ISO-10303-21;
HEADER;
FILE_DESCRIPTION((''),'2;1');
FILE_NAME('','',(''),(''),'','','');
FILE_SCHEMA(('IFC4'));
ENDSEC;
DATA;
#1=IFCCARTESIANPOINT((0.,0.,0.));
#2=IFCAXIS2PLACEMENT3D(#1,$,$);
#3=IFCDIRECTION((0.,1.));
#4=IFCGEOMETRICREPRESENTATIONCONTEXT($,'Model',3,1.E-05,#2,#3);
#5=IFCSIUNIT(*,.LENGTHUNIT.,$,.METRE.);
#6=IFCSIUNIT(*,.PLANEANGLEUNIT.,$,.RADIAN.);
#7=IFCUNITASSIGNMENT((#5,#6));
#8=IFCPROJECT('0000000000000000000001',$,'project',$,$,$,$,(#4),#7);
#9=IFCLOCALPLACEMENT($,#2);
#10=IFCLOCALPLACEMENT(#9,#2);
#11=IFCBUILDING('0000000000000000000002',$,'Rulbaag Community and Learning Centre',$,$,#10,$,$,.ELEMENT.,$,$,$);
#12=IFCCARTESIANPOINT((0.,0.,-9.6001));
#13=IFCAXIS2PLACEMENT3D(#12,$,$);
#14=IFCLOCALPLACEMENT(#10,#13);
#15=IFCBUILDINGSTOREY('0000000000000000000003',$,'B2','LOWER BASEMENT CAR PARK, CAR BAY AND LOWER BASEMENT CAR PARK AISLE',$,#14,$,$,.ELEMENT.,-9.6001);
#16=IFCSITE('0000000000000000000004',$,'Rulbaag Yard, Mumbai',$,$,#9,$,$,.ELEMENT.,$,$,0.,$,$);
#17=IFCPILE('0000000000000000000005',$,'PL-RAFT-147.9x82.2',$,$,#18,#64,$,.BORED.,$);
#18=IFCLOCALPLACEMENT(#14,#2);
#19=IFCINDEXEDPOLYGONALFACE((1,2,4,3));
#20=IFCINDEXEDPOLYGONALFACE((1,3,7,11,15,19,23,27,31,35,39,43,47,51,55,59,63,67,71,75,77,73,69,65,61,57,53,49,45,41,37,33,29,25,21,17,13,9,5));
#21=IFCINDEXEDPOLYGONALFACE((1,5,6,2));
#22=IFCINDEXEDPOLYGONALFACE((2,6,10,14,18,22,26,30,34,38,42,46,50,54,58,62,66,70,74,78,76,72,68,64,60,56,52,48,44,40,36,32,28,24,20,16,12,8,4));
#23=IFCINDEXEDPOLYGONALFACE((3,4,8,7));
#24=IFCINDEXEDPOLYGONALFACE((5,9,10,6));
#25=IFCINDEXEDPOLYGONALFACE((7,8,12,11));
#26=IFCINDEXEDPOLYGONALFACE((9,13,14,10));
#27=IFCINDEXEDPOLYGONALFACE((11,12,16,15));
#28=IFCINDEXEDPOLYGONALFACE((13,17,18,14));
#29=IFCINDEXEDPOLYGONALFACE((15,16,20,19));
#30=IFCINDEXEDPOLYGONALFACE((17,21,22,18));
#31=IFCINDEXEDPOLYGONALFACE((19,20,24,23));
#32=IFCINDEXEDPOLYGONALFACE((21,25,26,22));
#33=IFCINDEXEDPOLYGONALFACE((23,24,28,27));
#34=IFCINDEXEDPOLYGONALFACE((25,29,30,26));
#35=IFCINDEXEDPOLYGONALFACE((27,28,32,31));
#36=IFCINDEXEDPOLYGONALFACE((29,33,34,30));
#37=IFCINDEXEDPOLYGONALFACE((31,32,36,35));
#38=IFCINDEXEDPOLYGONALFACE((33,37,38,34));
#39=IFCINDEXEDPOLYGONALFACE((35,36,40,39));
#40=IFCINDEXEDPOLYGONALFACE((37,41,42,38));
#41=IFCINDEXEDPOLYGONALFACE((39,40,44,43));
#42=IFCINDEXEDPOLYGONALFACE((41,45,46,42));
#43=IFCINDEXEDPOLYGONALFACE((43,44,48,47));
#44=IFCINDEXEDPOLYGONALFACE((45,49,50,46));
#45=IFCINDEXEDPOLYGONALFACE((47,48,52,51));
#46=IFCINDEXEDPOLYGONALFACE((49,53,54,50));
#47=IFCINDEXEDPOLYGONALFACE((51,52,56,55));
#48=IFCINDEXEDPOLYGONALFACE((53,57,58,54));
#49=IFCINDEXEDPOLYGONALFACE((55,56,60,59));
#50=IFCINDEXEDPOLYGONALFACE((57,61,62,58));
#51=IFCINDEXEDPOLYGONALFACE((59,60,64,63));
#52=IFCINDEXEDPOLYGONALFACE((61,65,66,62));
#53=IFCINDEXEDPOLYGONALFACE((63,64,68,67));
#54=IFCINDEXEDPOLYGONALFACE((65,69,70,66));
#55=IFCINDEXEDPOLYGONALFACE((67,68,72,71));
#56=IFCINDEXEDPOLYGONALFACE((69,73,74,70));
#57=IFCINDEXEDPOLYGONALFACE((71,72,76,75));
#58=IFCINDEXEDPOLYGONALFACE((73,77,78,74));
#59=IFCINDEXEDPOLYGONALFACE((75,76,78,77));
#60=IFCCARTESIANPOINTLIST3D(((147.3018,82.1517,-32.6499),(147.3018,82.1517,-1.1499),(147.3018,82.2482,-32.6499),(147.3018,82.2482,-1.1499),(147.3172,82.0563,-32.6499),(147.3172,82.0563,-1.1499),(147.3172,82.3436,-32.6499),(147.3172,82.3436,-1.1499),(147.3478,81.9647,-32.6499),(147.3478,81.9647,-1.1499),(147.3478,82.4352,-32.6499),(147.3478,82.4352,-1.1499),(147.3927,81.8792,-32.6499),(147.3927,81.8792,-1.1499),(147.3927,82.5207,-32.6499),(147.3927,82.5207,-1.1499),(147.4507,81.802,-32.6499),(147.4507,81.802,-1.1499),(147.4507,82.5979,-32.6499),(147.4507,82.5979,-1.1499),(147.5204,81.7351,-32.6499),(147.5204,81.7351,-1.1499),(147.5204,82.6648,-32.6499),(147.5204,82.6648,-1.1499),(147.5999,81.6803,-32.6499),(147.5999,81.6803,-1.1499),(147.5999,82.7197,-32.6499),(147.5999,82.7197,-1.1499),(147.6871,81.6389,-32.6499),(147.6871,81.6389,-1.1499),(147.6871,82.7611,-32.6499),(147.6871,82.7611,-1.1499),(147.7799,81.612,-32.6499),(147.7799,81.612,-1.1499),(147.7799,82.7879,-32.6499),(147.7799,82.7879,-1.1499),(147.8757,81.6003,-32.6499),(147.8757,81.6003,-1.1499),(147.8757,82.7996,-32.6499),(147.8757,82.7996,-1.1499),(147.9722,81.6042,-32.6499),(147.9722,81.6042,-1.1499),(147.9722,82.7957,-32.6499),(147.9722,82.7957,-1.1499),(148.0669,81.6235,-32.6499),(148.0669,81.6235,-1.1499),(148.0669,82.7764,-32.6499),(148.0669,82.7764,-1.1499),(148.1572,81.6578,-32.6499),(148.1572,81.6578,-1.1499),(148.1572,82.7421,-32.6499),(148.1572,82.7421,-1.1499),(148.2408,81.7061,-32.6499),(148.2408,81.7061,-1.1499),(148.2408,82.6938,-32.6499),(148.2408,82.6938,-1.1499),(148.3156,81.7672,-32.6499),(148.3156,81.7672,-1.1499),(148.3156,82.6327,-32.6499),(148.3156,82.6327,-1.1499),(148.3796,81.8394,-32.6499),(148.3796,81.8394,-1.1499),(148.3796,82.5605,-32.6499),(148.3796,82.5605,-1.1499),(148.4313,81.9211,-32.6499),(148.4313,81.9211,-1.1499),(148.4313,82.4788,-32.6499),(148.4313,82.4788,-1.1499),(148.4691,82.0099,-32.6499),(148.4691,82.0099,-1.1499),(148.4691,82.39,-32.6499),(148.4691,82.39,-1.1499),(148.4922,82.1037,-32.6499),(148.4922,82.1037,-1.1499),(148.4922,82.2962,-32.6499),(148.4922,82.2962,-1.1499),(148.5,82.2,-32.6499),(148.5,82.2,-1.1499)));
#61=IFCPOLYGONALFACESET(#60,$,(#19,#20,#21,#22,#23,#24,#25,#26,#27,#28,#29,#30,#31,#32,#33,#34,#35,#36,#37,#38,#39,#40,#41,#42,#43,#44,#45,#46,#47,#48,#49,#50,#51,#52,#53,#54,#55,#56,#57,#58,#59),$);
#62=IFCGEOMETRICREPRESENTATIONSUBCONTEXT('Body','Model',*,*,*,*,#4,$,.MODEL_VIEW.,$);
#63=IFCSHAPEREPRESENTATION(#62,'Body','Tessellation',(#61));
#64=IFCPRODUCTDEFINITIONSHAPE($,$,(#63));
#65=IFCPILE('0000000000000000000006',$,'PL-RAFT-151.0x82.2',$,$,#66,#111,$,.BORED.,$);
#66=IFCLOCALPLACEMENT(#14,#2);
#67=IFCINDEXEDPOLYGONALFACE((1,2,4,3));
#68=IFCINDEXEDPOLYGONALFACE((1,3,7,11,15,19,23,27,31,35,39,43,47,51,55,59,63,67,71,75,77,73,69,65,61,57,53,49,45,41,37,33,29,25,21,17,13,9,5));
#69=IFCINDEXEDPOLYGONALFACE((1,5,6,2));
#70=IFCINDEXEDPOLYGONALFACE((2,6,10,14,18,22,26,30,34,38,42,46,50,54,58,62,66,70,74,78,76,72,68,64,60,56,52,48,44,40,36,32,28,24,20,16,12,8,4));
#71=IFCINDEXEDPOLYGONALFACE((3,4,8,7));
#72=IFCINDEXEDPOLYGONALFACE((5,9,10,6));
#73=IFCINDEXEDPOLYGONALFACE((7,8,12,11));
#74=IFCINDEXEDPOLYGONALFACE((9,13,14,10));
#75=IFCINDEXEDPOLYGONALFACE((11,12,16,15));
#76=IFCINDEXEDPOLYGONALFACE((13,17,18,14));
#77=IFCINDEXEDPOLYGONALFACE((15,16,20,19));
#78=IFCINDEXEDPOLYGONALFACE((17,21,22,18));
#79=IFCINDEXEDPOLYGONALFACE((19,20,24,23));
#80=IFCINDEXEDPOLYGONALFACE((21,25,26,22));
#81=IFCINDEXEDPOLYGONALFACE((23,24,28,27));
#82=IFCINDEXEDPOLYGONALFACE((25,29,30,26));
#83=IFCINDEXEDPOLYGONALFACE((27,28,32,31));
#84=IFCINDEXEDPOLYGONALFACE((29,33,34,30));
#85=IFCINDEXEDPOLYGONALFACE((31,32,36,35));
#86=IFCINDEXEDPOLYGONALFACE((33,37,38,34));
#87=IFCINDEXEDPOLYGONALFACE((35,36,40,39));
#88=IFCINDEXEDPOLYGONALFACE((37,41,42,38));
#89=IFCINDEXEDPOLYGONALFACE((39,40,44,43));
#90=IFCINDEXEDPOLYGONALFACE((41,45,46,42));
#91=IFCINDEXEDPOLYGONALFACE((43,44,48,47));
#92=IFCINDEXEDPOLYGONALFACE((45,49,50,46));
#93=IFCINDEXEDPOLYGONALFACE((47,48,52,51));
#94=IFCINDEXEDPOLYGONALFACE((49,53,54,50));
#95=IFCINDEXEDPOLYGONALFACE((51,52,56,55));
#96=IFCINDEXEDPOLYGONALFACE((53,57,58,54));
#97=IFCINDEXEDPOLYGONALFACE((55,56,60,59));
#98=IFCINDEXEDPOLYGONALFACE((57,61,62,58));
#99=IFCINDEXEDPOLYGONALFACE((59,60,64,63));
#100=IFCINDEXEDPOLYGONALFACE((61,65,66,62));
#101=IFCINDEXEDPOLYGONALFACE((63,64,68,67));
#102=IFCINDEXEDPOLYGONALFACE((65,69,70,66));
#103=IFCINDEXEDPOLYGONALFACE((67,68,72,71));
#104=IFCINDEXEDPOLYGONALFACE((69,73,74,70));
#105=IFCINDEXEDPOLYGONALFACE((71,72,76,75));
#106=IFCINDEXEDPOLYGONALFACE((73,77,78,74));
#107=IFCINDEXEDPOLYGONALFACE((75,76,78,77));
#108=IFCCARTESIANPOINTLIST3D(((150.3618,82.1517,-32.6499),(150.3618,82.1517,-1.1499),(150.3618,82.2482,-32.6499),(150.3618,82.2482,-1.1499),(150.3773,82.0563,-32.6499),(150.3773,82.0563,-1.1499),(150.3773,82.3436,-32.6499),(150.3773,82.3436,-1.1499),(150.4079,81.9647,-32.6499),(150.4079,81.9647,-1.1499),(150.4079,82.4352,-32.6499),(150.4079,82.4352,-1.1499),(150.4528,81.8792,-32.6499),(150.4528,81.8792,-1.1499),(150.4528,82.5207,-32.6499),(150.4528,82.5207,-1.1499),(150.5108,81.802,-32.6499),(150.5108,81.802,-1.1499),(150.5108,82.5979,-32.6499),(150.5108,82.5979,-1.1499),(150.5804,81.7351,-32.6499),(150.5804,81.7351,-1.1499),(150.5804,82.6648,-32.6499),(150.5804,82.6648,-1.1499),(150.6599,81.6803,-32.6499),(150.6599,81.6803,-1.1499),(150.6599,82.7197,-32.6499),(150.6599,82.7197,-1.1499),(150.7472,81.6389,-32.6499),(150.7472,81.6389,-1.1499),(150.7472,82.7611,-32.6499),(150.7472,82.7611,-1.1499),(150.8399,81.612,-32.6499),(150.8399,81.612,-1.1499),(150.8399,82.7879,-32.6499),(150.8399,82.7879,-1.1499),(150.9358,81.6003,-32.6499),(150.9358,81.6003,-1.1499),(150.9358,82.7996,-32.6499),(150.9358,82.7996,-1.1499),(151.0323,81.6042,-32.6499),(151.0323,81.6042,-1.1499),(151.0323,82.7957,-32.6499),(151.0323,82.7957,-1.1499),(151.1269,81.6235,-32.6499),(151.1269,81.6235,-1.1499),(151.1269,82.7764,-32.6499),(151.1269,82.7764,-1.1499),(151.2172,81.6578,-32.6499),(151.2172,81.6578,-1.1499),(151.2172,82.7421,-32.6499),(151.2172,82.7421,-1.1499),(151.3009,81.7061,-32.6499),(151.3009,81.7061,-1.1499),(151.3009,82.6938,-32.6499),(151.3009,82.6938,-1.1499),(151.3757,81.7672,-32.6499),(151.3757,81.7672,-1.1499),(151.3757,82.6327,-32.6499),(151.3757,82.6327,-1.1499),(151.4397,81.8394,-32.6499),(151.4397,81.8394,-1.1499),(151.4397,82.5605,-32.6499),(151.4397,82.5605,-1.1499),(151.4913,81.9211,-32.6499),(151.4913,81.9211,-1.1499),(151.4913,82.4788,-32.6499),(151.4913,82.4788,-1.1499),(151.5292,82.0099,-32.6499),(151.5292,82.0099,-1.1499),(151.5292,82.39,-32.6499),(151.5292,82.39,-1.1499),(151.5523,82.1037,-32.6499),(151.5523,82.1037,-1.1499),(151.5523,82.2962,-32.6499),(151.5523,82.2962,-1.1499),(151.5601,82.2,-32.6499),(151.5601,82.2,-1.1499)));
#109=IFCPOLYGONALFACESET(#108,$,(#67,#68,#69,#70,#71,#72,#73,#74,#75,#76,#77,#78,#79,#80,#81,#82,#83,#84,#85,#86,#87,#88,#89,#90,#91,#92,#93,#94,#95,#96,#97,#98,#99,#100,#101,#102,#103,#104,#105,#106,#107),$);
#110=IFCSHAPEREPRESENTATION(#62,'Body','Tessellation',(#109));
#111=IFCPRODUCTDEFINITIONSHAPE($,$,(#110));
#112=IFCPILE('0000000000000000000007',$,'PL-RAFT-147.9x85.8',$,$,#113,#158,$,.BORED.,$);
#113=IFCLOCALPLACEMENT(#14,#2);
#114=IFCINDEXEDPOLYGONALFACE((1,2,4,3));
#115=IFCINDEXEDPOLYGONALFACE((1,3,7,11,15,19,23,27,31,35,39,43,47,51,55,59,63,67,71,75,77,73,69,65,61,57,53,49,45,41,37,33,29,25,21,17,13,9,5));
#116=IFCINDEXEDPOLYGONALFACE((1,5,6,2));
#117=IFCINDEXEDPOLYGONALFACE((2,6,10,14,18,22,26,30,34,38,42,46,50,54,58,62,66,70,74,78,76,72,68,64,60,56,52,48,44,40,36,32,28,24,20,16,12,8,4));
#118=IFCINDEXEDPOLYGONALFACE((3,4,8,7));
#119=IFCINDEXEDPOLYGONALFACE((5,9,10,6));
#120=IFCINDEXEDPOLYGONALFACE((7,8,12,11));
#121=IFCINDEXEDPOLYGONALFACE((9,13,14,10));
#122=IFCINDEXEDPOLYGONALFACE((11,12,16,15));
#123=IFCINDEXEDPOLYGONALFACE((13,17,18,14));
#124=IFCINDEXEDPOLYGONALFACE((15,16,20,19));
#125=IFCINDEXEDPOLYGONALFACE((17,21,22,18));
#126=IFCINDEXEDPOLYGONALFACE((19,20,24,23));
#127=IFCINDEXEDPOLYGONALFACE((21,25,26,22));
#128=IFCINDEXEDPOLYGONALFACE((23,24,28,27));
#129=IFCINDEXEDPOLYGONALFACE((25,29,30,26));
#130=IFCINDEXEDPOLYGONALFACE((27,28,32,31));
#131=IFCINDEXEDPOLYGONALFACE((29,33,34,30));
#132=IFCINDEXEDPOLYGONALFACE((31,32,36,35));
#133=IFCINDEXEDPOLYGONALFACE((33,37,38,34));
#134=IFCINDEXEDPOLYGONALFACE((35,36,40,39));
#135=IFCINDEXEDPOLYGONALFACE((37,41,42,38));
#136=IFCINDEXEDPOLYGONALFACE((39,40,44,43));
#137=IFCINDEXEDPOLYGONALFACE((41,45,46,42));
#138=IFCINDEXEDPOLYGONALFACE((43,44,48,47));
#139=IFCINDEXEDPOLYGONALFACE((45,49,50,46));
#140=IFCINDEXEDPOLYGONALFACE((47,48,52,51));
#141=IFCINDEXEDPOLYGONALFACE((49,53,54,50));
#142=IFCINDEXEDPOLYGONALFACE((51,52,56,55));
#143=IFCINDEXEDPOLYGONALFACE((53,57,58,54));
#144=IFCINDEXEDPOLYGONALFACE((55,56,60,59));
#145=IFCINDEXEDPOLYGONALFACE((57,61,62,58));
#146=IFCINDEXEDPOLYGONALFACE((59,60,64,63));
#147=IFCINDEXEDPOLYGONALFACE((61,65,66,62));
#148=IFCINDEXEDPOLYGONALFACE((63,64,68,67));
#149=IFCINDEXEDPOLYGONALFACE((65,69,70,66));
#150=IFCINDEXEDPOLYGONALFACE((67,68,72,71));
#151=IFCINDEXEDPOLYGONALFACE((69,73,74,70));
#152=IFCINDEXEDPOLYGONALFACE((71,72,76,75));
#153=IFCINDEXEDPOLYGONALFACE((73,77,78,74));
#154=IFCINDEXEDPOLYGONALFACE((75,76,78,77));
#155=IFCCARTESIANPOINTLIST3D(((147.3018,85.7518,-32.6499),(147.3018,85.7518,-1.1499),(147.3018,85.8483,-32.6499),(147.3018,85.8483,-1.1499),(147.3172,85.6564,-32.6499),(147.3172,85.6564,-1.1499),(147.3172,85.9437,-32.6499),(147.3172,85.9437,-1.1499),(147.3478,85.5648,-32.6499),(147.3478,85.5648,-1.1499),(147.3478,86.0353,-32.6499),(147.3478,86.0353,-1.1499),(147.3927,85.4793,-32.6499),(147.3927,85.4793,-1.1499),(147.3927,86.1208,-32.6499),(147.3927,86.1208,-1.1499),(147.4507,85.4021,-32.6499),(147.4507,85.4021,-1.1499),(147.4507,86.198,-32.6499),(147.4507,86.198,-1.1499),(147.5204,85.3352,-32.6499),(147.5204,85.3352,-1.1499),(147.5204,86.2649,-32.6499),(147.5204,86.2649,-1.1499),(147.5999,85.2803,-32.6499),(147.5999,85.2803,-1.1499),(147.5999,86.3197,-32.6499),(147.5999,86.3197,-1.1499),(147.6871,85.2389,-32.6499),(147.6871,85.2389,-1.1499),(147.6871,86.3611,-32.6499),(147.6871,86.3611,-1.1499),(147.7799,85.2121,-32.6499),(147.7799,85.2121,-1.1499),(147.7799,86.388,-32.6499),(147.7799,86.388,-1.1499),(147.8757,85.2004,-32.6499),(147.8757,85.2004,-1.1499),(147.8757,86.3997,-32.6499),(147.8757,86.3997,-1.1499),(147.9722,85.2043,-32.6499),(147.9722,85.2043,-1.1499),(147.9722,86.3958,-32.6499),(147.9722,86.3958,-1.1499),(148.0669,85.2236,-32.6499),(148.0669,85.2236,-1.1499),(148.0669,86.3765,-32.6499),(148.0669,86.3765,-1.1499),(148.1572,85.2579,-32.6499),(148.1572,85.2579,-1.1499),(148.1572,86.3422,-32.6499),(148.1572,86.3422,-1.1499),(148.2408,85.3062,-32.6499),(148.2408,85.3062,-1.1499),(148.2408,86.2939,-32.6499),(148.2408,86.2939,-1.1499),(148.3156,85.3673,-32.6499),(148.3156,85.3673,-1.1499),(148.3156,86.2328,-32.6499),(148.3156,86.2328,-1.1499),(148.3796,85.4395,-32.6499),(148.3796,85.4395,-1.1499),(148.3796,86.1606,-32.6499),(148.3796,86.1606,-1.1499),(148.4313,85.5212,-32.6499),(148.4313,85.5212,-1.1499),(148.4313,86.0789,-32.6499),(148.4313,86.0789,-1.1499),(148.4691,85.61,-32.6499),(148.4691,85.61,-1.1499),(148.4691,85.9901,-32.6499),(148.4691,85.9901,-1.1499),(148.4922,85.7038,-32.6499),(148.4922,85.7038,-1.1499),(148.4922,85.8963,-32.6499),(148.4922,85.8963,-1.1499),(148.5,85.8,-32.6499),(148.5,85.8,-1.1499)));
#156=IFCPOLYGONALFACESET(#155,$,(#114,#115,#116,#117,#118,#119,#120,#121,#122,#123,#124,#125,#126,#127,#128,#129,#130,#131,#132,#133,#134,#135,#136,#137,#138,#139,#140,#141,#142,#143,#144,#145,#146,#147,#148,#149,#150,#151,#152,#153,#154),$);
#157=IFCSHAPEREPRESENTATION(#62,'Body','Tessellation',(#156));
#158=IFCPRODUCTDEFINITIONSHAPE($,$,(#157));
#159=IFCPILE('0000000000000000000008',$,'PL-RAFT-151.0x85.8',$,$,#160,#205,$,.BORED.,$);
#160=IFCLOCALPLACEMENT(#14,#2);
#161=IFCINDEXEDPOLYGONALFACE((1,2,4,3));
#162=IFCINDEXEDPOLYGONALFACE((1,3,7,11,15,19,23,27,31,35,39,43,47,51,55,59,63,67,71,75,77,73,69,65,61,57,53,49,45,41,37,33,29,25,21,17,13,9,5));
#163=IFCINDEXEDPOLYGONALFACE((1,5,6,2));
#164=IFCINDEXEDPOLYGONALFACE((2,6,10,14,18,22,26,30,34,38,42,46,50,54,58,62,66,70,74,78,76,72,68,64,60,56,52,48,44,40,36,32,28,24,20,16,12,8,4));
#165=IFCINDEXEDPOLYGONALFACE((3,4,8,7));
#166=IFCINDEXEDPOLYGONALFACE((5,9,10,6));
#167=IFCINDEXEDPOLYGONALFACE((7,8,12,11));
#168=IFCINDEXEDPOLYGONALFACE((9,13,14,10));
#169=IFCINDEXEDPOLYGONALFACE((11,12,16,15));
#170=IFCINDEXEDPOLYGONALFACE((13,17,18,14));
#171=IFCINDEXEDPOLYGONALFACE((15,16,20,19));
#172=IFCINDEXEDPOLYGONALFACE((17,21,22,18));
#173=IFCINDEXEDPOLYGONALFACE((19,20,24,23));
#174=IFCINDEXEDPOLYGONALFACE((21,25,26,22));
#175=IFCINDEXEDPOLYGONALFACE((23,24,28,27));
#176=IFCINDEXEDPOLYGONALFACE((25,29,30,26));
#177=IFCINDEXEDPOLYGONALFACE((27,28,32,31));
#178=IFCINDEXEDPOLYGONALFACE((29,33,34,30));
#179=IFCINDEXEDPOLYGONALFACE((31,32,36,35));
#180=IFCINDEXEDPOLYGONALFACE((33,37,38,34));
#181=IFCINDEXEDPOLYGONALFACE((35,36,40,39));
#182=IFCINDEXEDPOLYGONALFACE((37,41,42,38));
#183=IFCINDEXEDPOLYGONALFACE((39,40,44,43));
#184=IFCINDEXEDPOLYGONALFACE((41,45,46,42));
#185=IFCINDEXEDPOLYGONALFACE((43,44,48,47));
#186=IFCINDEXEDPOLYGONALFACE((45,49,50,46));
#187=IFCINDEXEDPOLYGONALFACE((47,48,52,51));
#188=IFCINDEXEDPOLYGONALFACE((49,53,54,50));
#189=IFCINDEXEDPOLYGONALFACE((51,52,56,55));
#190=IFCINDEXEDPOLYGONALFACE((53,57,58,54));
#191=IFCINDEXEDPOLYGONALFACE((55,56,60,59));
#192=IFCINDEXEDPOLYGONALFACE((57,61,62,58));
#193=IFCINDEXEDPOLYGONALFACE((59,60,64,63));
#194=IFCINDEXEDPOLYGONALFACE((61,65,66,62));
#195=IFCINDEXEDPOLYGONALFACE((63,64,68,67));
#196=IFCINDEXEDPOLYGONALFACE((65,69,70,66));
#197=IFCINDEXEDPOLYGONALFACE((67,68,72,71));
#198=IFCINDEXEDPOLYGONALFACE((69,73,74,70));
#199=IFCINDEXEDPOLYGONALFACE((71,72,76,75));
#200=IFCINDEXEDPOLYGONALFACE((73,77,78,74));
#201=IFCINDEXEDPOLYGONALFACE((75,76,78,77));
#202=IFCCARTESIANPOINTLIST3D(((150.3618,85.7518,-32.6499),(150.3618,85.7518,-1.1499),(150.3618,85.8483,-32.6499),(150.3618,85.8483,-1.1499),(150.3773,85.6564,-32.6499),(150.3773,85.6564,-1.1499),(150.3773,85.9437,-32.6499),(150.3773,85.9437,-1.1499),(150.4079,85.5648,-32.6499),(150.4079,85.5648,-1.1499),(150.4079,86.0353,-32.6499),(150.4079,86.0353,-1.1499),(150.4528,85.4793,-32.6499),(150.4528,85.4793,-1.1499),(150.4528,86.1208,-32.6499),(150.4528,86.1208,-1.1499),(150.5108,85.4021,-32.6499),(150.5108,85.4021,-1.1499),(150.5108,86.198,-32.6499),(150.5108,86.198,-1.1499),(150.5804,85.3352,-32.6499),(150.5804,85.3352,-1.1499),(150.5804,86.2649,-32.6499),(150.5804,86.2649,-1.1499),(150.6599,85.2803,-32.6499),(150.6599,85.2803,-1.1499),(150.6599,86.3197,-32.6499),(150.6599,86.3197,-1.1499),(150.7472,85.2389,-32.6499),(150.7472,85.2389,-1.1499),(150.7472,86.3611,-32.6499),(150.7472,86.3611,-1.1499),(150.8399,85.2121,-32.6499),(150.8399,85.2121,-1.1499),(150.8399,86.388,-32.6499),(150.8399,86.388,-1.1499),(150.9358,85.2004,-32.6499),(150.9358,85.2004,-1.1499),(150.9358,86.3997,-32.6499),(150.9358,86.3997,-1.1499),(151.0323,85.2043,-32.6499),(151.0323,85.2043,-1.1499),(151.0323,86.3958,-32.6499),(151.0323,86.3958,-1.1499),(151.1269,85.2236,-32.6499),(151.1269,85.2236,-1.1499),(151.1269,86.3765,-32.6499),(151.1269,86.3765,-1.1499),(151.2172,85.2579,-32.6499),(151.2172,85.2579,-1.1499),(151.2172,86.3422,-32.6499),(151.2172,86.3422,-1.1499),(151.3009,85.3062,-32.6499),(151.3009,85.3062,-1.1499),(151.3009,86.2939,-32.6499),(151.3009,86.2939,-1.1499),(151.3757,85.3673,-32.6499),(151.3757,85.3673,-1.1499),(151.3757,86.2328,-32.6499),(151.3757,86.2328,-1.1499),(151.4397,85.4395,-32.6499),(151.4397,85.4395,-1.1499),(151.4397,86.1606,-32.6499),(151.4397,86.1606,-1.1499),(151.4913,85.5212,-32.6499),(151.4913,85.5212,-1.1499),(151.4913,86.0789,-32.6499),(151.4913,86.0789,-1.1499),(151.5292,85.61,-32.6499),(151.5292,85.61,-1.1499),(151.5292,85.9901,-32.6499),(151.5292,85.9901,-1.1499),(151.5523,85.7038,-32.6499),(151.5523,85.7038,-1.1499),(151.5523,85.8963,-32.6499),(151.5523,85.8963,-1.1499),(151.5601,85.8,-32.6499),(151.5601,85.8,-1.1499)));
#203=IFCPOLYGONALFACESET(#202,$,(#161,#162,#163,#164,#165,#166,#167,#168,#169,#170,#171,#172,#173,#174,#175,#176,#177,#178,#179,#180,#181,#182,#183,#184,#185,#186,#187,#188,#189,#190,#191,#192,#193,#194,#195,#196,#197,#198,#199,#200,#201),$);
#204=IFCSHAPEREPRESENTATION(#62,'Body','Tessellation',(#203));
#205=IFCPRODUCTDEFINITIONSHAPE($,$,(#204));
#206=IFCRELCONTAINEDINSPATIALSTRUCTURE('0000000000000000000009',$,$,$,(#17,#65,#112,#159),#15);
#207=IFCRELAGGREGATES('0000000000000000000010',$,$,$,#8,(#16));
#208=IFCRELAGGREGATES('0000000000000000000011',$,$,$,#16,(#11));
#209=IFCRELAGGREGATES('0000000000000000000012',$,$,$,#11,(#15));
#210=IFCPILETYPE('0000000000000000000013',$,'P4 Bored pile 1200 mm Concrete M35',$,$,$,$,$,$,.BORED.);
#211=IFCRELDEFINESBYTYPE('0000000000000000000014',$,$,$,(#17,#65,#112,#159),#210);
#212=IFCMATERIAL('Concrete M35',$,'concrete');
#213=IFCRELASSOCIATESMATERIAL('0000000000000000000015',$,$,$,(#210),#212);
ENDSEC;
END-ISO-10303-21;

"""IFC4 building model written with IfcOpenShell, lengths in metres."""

from ifc_helpers import new_model, si_unit, direction, frame, origin, origin_2d, place, context, subcontext, project, spatial, circle, extrude, material, material_profile, profile_set, type_object, element, save


model = new_model("IFC4")

# Units and contexts
model_context = context("Model", 3, precision=1e-05, world=origin(), true_north=direction((0.0, 1.0)))
body_context = subcontext(model_context, "Body", "Model", "MODEL_VIEW")
ifc_project = project(units=[si_unit("LENGTHUNIT", "METRE"), si_unit("PLANEANGLEUNIT", "RADIAN")], contexts=[model_context])

# Site, building, storey
site_placement = place(None, origin())
site = spatial("IfcSite", under=ifc_project, at=site_placement, Name="Rulbaag Yard, Mumbai", CompositionType="ELEMENT", RefElevation=0.0)
building_placement = place(site_placement, origin())
building = spatial("IfcBuilding", under=site, at=building_placement, Name="Rulbaag Community and Learning Centre", CompositionType="ELEMENT")
storey_placement = place(building_placement, frame((0.0, 0.0, -9.6001)))
storey = spatial("IfcBuildingStorey", under=building, at=storey_placement, Name="B2", Description="LOWER BASEMENT CAR PARK, CAR BAY AND LOWER BASEMENT CAR PARK AISLE", CompositionType="ELEMENT", Elevation=-9.6001)

# Piles
ifc_material_1 = material(Name="Concrete M35", Category="concrete")
ifc_material_profile_1 = material_profile(ifc_material_1, circle(Radius=0.6001, at=origin_2d()), Name="BP1200")
ifc_profile_set_1 = profile_set([ifc_material_profile_1], Name="Concrete M35")
pile_type_1 = type_object("IfcPileType", Name="P4 Bored pile 1200 mm Concrete M35", PredefinedType="BORED", material=ifc_profile_set_1)
for number, where, z_axis, x_axis, name in (
    (1, (147.8999, 82.2, -1.1499), (0.0, 0.0, -1.0), (1.0, 0.0, 0.0), "PL-RAFT-147.9x82.2"),
    (2, (150.96, 82.2, -1.1499), (0.0, 0.0, -1.0), (1.0, 0.0, 0.0), "PL-RAFT-151.0x82.2"),
    (3, (147.8999, 85.8, -1.1499), (0.0, 0.0, -1.0), (1.0, 0.0, 0.0), "PL-RAFT-147.9x85.8"),
    (4, (150.96, 85.8, -1.1499), (0.0, 0.0, -1.0), (1.0, 0.0, 0.0), "PL-RAFT-151.0x85.8"),
):
    element("IfcPile", number, at=place(storey_placement, frame(where, z_axis=z_axis, x_axis=x_axis)), inside=storey, type_object=pile_type_1, Name=name, PredefinedType="BORED", context=body_context, shape_type="SweptSolid", body=[
        extrude(circle(Radius=0.6001, at=origin_2d()), origin(), (0.0, 0.0, 1.0), 31.5),
    ])

save(model, "model.ifc")
